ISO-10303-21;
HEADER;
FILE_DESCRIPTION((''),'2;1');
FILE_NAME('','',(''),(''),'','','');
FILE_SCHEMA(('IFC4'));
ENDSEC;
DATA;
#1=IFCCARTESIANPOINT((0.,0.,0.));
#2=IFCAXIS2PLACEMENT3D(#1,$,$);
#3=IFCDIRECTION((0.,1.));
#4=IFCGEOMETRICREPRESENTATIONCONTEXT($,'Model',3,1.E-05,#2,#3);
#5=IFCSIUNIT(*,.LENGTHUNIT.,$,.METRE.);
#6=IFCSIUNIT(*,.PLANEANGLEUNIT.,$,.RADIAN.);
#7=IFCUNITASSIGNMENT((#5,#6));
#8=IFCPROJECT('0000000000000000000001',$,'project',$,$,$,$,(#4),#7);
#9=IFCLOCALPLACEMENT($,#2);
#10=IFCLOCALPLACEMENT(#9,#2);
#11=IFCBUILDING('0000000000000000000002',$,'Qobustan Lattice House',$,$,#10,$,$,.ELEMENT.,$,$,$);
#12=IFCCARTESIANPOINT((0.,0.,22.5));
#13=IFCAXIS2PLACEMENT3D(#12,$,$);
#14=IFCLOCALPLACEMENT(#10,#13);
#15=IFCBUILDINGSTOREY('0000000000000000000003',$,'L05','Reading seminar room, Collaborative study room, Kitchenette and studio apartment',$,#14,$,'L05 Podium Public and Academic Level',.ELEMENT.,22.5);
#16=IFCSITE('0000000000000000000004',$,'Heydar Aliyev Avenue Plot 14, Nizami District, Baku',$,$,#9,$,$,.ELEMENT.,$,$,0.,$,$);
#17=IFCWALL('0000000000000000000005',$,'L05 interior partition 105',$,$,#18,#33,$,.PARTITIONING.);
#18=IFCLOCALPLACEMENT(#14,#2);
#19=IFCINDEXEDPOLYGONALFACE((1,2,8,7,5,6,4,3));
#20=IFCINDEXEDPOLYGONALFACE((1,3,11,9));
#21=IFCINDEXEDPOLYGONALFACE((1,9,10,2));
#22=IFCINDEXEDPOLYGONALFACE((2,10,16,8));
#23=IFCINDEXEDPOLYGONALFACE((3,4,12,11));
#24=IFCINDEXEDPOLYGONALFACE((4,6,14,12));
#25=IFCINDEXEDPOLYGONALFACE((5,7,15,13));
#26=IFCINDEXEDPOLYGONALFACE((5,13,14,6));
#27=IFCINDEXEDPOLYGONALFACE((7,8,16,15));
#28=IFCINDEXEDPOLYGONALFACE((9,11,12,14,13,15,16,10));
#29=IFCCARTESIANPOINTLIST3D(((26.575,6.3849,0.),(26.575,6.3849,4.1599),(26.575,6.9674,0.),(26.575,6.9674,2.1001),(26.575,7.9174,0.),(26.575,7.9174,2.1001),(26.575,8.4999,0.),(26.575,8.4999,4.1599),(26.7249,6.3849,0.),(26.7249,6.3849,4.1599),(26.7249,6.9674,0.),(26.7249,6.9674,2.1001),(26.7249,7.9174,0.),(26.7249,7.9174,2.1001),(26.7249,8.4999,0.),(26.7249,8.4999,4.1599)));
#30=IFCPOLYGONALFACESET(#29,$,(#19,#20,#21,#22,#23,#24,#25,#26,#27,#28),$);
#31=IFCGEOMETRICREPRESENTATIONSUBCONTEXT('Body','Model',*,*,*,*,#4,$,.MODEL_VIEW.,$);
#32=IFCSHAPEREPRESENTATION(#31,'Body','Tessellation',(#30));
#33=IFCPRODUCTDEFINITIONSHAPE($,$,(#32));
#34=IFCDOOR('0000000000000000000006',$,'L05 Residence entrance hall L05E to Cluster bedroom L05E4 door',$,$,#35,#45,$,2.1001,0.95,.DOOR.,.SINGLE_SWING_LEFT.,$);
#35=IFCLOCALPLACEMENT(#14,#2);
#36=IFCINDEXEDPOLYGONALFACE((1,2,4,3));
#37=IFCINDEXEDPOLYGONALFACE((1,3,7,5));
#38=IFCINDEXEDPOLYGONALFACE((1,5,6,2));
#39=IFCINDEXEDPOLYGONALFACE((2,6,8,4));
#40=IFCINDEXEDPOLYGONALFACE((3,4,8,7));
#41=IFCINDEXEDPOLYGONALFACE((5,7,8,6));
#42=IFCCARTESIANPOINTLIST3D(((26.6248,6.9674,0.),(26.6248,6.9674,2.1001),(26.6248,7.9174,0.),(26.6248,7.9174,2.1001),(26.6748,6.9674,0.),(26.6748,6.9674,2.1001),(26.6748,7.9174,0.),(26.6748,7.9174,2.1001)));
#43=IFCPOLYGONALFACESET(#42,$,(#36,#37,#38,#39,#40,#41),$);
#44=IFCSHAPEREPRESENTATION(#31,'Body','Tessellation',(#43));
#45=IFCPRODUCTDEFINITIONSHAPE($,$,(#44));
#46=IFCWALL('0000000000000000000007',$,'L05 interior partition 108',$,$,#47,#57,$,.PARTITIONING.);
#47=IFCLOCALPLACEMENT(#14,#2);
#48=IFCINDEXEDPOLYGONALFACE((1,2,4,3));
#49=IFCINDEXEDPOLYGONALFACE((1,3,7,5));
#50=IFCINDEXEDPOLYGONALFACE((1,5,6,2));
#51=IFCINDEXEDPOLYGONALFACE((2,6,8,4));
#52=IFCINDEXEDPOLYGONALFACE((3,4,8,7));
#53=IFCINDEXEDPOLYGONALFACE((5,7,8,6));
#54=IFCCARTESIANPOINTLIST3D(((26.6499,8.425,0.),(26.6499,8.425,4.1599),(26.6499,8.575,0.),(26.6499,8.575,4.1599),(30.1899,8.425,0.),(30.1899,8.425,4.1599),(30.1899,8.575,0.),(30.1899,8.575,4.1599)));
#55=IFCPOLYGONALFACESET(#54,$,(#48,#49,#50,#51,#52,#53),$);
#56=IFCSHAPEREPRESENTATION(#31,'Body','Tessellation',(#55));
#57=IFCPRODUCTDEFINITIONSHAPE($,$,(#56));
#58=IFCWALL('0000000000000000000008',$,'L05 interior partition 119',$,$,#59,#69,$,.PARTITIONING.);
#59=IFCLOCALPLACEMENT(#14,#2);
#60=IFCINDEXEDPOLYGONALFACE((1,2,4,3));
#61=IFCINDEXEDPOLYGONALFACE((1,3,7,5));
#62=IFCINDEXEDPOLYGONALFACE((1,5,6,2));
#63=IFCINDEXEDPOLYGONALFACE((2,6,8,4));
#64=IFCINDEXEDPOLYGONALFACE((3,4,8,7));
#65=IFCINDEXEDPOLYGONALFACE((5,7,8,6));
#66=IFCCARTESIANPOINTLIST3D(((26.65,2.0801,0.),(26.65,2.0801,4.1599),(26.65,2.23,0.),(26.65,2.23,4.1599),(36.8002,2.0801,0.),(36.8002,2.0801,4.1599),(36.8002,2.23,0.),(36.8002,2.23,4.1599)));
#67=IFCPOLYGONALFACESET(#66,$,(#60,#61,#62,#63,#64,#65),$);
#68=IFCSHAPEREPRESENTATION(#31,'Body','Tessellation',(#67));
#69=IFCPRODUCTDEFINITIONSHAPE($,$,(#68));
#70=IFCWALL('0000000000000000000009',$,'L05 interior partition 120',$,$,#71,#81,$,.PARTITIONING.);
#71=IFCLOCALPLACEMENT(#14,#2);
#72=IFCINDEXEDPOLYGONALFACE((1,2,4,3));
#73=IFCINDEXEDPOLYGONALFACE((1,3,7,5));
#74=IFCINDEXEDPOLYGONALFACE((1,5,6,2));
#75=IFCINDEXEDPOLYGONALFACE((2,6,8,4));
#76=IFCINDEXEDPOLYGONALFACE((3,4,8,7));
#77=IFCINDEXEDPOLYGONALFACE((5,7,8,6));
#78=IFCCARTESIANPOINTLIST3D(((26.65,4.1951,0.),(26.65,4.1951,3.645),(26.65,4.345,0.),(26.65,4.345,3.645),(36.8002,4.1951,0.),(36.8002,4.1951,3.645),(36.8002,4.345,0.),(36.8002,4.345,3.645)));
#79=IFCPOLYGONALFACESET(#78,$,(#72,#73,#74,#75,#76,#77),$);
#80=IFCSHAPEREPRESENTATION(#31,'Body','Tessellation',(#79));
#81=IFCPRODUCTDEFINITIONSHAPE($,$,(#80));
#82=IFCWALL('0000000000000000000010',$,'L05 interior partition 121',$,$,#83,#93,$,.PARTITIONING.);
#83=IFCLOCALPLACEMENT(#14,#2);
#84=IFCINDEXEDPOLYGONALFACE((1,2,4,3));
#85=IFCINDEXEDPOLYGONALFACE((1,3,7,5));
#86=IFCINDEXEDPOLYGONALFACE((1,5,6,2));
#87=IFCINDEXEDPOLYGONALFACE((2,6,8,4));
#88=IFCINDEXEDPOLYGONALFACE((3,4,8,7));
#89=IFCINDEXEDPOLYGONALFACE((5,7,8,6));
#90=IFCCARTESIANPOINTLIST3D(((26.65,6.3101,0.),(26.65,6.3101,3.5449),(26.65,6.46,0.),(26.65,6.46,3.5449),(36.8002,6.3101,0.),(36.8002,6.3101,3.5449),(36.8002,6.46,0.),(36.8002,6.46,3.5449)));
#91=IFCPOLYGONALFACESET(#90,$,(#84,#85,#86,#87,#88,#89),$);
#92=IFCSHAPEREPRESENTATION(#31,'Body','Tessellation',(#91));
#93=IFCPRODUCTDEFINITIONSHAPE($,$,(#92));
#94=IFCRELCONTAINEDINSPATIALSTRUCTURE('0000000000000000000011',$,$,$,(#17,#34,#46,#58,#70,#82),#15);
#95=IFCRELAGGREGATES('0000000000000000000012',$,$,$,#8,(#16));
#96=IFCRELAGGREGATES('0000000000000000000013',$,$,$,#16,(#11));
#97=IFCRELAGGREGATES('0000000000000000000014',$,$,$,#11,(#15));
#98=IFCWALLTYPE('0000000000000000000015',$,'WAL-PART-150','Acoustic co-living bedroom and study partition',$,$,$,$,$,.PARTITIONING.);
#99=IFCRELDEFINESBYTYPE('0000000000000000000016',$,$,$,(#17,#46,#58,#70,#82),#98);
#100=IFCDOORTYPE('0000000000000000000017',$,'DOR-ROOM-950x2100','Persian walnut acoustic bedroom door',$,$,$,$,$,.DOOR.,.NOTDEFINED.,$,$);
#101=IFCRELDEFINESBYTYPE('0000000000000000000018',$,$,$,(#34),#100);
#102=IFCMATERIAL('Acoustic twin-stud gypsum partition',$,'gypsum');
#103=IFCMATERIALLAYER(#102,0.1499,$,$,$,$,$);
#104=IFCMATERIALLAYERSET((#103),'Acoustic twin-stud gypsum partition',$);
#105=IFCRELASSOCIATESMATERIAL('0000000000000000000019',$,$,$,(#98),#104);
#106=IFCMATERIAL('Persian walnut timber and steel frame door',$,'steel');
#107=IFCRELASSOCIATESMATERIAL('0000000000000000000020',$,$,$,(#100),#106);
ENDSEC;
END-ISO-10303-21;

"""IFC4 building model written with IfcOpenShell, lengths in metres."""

from ifc_helpers import new_model, si_unit, direction, frame, frame_2d, origin, place, context, subcontext, project, spatial, rectangle, extrude, material, layer, layer_set, type_object, element, fill, save


model = new_model("IFC4")

# Units and contexts
model_context = context("Model", 3, precision=1e-05, world=origin(), true_north=direction((0.0, 1.0)))
body_context = subcontext(model_context, "Body", "Model", "MODEL_VIEW")
ifc_project = project(units=[si_unit("LENGTHUNIT", "METRE"), si_unit("PLANEANGLEUNIT", "RADIAN")], contexts=[model_context])

# Site, building, storey
site_placement = place(None, origin())
site = spatial("IfcSite", under=ifc_project, at=site_placement, Name="Heydar Aliyev Avenue Plot 14, Nizami District, Baku", CompositionType="ELEMENT", RefElevation=0.0)
building_placement = place(site_placement, origin())
building = spatial("IfcBuilding", under=site, at=building_placement, Name="Qobustan Lattice House", CompositionType="ELEMENT")
storey_placement = place(building_placement, frame((0.0, 0.0, 22.5)))
storey = spatial("IfcBuildingStorey", under=building, at=storey_placement, Name="L05", Description="Reading seminar room, Collaborative study room, Kitchenette and studio apartment", LongName="L05 Podium Public and Academic Level", CompositionType="ELEMENT", Elevation=22.5)

# Wall, opening, door
ifc_material_1 = material(Name="Acoustic twin-stud gypsum partition", Category="gypsum")
ifc_layer_1 = layer(ifc_material_1, 0.1499)
ifc_layer_set_1 = layer_set([ifc_layer_1], Name="Acoustic twin-stud gypsum partition")
wall_type = type_object("IfcWallType", Name="WAL-PART-150", Description="Acoustic co-living bedroom and study partition", PredefinedType="PARTITIONING", material=ifc_layer_set_1)
ifc_material_2 = material(Name="Persian walnut timber and steel frame door", Category="steel")
door_type_1 = type_object("IfcDoorType", Name="DOR-ROOM-950x2100", Description="Persian walnut acoustic bedroom door", OperationType="NOTDEFINED", PredefinedType="DOOR", material=ifc_material_2)
wall_1_placement = place(storey_placement, frame((26.6499, 8.5, 0.0), z_axis=(0.0, 0.0, 1.0), x_axis=(0.0, -1.0, 0.0)))
wall_1 = element("IfcWall", 1, at=wall_1_placement, inside=storey, type_object=wall_type, Name="L05 interior partition 105", PredefinedType="PARTITIONING", context=body_context, shape_type="SweptSolid", body=[
    extrude(rectangle(XDim=2.115, YDim=0.1499, at=frame_2d((1.0576, 0.0))), origin(), (0.0, 0.0, 1.0), 4.1599),
])
opening_1_placement = place(wall_1_placement, frame((0.5825, 0.0, 0.0)))
opening_1 = element("IfcOpeningElement", 2, at=opening_1_placement, cuts=wall_1, PredefinedType="OPENING", context=body_context, shape_type="SweptSolid", body=[
    extrude(rectangle(XDim=0.95, YDim=2.1001, at=frame_2d((0.4751, 1.05))), frame((0.0, 0.085, 0.0), z_axis=(0.0, -1.0, 0.0), x_axis=(1.0, 0.0, 0.0)), (0.0, 0.0, 1.0), 0.1699),
])
door_1_placement = place(opening_1_placement, origin())
door_1 = element("IfcDoor", 3, at=door_1_placement, inside=storey, type_object=door_type_1, Name="L05 Residence entrance hall L05E to Cluster bedroom L05E4 door", OperationType="SINGLE_SWING_LEFT", OverallHeight=2.1001, OverallWidth=0.95, PredefinedType="DOOR", context=body_context, shape_type="SweptSolid", body=[
    extrude(rectangle(XDim=0.95, YDim=2.1001, at=frame_2d((0.4751, 1.05))), frame((0.0, 0.0249, 0.0), z_axis=(0.0, -1.0, 0.0), x_axis=(1.0, 0.0, 0.0)), (0.0, 0.0, 1.0), 0.05),
])
fill(opening_1, door_1)

# Walls
wall_2_placement = place(storey_placement, frame((30.1899, 8.5, 0.0), z_axis=(0.0, 0.0, 1.0), x_axis=(-1.0, 0.0, 0.0)))
element("IfcWall", 4, at=wall_2_placement, inside=storey, type_object=wall_type, Name="L05 interior partition 108", PredefinedType="PARTITIONING", context=body_context, shape_type="SweptSolid", body=[
    extrude(rectangle(XDim=3.54, YDim=0.1499, at=frame_2d((1.77, 0.0))), origin(), (0.0, 0.0, 1.0), 4.1599),
])
wall_3_placement = place(storey_placement, frame((26.6499, 2.155, 0.0), z_axis=(0.0, 0.0, 1.0), x_axis=(1.0, 0.0, 0.0)))
element("IfcWall", 5, at=wall_3_placement, inside=storey, type_object=wall_type, Name="L05 interior partition 119", PredefinedType="PARTITIONING", context=body_context, shape_type="SweptSolid", body=[
    extrude(rectangle(XDim=10.1501, YDim=0.1499, at=frame_2d((5.0752, 0.0))), origin(), (0.0, 0.0, 1.0), 4.1599),
])
wall_4_placement = place(storey_placement, frame((26.6499, 4.27, 0.0), z_axis=(0.0, 0.0, 1.0), x_axis=(1.0, 0.0, 0.0)))
element("IfcWall", 6, at=wall_4_placement, inside=storey, type_object=wall_type, Name="L05 interior partition 120", PredefinedType="PARTITIONING", context=body_context, shape_type="SweptSolid", body=[
    extrude(rectangle(XDim=10.1501, YDim=0.1499, at=frame_2d((5.0752, 0.0))), origin(), (0.0, 0.0, 1.0), 3.645),
])
wall_5_placement = place(storey_placement, frame((26.6499, 6.385, 0.0), z_axis=(0.0, 0.0, 1.0), x_axis=(1.0, 0.0, 0.0)))
element("IfcWall", 7, at=wall_5_placement, inside=storey, type_object=wall_type, Name="L05 interior partition 121", PredefinedType="PARTITIONING", context=body_context, shape_type="SweptSolid", body=[
    extrude(rectangle(XDim=10.1501, YDim=0.1499, at=frame_2d((5.0752, 0.0))), origin(), (0.0, 0.0, 1.0), 3.5449),
])

save(model, "model.ifc")
